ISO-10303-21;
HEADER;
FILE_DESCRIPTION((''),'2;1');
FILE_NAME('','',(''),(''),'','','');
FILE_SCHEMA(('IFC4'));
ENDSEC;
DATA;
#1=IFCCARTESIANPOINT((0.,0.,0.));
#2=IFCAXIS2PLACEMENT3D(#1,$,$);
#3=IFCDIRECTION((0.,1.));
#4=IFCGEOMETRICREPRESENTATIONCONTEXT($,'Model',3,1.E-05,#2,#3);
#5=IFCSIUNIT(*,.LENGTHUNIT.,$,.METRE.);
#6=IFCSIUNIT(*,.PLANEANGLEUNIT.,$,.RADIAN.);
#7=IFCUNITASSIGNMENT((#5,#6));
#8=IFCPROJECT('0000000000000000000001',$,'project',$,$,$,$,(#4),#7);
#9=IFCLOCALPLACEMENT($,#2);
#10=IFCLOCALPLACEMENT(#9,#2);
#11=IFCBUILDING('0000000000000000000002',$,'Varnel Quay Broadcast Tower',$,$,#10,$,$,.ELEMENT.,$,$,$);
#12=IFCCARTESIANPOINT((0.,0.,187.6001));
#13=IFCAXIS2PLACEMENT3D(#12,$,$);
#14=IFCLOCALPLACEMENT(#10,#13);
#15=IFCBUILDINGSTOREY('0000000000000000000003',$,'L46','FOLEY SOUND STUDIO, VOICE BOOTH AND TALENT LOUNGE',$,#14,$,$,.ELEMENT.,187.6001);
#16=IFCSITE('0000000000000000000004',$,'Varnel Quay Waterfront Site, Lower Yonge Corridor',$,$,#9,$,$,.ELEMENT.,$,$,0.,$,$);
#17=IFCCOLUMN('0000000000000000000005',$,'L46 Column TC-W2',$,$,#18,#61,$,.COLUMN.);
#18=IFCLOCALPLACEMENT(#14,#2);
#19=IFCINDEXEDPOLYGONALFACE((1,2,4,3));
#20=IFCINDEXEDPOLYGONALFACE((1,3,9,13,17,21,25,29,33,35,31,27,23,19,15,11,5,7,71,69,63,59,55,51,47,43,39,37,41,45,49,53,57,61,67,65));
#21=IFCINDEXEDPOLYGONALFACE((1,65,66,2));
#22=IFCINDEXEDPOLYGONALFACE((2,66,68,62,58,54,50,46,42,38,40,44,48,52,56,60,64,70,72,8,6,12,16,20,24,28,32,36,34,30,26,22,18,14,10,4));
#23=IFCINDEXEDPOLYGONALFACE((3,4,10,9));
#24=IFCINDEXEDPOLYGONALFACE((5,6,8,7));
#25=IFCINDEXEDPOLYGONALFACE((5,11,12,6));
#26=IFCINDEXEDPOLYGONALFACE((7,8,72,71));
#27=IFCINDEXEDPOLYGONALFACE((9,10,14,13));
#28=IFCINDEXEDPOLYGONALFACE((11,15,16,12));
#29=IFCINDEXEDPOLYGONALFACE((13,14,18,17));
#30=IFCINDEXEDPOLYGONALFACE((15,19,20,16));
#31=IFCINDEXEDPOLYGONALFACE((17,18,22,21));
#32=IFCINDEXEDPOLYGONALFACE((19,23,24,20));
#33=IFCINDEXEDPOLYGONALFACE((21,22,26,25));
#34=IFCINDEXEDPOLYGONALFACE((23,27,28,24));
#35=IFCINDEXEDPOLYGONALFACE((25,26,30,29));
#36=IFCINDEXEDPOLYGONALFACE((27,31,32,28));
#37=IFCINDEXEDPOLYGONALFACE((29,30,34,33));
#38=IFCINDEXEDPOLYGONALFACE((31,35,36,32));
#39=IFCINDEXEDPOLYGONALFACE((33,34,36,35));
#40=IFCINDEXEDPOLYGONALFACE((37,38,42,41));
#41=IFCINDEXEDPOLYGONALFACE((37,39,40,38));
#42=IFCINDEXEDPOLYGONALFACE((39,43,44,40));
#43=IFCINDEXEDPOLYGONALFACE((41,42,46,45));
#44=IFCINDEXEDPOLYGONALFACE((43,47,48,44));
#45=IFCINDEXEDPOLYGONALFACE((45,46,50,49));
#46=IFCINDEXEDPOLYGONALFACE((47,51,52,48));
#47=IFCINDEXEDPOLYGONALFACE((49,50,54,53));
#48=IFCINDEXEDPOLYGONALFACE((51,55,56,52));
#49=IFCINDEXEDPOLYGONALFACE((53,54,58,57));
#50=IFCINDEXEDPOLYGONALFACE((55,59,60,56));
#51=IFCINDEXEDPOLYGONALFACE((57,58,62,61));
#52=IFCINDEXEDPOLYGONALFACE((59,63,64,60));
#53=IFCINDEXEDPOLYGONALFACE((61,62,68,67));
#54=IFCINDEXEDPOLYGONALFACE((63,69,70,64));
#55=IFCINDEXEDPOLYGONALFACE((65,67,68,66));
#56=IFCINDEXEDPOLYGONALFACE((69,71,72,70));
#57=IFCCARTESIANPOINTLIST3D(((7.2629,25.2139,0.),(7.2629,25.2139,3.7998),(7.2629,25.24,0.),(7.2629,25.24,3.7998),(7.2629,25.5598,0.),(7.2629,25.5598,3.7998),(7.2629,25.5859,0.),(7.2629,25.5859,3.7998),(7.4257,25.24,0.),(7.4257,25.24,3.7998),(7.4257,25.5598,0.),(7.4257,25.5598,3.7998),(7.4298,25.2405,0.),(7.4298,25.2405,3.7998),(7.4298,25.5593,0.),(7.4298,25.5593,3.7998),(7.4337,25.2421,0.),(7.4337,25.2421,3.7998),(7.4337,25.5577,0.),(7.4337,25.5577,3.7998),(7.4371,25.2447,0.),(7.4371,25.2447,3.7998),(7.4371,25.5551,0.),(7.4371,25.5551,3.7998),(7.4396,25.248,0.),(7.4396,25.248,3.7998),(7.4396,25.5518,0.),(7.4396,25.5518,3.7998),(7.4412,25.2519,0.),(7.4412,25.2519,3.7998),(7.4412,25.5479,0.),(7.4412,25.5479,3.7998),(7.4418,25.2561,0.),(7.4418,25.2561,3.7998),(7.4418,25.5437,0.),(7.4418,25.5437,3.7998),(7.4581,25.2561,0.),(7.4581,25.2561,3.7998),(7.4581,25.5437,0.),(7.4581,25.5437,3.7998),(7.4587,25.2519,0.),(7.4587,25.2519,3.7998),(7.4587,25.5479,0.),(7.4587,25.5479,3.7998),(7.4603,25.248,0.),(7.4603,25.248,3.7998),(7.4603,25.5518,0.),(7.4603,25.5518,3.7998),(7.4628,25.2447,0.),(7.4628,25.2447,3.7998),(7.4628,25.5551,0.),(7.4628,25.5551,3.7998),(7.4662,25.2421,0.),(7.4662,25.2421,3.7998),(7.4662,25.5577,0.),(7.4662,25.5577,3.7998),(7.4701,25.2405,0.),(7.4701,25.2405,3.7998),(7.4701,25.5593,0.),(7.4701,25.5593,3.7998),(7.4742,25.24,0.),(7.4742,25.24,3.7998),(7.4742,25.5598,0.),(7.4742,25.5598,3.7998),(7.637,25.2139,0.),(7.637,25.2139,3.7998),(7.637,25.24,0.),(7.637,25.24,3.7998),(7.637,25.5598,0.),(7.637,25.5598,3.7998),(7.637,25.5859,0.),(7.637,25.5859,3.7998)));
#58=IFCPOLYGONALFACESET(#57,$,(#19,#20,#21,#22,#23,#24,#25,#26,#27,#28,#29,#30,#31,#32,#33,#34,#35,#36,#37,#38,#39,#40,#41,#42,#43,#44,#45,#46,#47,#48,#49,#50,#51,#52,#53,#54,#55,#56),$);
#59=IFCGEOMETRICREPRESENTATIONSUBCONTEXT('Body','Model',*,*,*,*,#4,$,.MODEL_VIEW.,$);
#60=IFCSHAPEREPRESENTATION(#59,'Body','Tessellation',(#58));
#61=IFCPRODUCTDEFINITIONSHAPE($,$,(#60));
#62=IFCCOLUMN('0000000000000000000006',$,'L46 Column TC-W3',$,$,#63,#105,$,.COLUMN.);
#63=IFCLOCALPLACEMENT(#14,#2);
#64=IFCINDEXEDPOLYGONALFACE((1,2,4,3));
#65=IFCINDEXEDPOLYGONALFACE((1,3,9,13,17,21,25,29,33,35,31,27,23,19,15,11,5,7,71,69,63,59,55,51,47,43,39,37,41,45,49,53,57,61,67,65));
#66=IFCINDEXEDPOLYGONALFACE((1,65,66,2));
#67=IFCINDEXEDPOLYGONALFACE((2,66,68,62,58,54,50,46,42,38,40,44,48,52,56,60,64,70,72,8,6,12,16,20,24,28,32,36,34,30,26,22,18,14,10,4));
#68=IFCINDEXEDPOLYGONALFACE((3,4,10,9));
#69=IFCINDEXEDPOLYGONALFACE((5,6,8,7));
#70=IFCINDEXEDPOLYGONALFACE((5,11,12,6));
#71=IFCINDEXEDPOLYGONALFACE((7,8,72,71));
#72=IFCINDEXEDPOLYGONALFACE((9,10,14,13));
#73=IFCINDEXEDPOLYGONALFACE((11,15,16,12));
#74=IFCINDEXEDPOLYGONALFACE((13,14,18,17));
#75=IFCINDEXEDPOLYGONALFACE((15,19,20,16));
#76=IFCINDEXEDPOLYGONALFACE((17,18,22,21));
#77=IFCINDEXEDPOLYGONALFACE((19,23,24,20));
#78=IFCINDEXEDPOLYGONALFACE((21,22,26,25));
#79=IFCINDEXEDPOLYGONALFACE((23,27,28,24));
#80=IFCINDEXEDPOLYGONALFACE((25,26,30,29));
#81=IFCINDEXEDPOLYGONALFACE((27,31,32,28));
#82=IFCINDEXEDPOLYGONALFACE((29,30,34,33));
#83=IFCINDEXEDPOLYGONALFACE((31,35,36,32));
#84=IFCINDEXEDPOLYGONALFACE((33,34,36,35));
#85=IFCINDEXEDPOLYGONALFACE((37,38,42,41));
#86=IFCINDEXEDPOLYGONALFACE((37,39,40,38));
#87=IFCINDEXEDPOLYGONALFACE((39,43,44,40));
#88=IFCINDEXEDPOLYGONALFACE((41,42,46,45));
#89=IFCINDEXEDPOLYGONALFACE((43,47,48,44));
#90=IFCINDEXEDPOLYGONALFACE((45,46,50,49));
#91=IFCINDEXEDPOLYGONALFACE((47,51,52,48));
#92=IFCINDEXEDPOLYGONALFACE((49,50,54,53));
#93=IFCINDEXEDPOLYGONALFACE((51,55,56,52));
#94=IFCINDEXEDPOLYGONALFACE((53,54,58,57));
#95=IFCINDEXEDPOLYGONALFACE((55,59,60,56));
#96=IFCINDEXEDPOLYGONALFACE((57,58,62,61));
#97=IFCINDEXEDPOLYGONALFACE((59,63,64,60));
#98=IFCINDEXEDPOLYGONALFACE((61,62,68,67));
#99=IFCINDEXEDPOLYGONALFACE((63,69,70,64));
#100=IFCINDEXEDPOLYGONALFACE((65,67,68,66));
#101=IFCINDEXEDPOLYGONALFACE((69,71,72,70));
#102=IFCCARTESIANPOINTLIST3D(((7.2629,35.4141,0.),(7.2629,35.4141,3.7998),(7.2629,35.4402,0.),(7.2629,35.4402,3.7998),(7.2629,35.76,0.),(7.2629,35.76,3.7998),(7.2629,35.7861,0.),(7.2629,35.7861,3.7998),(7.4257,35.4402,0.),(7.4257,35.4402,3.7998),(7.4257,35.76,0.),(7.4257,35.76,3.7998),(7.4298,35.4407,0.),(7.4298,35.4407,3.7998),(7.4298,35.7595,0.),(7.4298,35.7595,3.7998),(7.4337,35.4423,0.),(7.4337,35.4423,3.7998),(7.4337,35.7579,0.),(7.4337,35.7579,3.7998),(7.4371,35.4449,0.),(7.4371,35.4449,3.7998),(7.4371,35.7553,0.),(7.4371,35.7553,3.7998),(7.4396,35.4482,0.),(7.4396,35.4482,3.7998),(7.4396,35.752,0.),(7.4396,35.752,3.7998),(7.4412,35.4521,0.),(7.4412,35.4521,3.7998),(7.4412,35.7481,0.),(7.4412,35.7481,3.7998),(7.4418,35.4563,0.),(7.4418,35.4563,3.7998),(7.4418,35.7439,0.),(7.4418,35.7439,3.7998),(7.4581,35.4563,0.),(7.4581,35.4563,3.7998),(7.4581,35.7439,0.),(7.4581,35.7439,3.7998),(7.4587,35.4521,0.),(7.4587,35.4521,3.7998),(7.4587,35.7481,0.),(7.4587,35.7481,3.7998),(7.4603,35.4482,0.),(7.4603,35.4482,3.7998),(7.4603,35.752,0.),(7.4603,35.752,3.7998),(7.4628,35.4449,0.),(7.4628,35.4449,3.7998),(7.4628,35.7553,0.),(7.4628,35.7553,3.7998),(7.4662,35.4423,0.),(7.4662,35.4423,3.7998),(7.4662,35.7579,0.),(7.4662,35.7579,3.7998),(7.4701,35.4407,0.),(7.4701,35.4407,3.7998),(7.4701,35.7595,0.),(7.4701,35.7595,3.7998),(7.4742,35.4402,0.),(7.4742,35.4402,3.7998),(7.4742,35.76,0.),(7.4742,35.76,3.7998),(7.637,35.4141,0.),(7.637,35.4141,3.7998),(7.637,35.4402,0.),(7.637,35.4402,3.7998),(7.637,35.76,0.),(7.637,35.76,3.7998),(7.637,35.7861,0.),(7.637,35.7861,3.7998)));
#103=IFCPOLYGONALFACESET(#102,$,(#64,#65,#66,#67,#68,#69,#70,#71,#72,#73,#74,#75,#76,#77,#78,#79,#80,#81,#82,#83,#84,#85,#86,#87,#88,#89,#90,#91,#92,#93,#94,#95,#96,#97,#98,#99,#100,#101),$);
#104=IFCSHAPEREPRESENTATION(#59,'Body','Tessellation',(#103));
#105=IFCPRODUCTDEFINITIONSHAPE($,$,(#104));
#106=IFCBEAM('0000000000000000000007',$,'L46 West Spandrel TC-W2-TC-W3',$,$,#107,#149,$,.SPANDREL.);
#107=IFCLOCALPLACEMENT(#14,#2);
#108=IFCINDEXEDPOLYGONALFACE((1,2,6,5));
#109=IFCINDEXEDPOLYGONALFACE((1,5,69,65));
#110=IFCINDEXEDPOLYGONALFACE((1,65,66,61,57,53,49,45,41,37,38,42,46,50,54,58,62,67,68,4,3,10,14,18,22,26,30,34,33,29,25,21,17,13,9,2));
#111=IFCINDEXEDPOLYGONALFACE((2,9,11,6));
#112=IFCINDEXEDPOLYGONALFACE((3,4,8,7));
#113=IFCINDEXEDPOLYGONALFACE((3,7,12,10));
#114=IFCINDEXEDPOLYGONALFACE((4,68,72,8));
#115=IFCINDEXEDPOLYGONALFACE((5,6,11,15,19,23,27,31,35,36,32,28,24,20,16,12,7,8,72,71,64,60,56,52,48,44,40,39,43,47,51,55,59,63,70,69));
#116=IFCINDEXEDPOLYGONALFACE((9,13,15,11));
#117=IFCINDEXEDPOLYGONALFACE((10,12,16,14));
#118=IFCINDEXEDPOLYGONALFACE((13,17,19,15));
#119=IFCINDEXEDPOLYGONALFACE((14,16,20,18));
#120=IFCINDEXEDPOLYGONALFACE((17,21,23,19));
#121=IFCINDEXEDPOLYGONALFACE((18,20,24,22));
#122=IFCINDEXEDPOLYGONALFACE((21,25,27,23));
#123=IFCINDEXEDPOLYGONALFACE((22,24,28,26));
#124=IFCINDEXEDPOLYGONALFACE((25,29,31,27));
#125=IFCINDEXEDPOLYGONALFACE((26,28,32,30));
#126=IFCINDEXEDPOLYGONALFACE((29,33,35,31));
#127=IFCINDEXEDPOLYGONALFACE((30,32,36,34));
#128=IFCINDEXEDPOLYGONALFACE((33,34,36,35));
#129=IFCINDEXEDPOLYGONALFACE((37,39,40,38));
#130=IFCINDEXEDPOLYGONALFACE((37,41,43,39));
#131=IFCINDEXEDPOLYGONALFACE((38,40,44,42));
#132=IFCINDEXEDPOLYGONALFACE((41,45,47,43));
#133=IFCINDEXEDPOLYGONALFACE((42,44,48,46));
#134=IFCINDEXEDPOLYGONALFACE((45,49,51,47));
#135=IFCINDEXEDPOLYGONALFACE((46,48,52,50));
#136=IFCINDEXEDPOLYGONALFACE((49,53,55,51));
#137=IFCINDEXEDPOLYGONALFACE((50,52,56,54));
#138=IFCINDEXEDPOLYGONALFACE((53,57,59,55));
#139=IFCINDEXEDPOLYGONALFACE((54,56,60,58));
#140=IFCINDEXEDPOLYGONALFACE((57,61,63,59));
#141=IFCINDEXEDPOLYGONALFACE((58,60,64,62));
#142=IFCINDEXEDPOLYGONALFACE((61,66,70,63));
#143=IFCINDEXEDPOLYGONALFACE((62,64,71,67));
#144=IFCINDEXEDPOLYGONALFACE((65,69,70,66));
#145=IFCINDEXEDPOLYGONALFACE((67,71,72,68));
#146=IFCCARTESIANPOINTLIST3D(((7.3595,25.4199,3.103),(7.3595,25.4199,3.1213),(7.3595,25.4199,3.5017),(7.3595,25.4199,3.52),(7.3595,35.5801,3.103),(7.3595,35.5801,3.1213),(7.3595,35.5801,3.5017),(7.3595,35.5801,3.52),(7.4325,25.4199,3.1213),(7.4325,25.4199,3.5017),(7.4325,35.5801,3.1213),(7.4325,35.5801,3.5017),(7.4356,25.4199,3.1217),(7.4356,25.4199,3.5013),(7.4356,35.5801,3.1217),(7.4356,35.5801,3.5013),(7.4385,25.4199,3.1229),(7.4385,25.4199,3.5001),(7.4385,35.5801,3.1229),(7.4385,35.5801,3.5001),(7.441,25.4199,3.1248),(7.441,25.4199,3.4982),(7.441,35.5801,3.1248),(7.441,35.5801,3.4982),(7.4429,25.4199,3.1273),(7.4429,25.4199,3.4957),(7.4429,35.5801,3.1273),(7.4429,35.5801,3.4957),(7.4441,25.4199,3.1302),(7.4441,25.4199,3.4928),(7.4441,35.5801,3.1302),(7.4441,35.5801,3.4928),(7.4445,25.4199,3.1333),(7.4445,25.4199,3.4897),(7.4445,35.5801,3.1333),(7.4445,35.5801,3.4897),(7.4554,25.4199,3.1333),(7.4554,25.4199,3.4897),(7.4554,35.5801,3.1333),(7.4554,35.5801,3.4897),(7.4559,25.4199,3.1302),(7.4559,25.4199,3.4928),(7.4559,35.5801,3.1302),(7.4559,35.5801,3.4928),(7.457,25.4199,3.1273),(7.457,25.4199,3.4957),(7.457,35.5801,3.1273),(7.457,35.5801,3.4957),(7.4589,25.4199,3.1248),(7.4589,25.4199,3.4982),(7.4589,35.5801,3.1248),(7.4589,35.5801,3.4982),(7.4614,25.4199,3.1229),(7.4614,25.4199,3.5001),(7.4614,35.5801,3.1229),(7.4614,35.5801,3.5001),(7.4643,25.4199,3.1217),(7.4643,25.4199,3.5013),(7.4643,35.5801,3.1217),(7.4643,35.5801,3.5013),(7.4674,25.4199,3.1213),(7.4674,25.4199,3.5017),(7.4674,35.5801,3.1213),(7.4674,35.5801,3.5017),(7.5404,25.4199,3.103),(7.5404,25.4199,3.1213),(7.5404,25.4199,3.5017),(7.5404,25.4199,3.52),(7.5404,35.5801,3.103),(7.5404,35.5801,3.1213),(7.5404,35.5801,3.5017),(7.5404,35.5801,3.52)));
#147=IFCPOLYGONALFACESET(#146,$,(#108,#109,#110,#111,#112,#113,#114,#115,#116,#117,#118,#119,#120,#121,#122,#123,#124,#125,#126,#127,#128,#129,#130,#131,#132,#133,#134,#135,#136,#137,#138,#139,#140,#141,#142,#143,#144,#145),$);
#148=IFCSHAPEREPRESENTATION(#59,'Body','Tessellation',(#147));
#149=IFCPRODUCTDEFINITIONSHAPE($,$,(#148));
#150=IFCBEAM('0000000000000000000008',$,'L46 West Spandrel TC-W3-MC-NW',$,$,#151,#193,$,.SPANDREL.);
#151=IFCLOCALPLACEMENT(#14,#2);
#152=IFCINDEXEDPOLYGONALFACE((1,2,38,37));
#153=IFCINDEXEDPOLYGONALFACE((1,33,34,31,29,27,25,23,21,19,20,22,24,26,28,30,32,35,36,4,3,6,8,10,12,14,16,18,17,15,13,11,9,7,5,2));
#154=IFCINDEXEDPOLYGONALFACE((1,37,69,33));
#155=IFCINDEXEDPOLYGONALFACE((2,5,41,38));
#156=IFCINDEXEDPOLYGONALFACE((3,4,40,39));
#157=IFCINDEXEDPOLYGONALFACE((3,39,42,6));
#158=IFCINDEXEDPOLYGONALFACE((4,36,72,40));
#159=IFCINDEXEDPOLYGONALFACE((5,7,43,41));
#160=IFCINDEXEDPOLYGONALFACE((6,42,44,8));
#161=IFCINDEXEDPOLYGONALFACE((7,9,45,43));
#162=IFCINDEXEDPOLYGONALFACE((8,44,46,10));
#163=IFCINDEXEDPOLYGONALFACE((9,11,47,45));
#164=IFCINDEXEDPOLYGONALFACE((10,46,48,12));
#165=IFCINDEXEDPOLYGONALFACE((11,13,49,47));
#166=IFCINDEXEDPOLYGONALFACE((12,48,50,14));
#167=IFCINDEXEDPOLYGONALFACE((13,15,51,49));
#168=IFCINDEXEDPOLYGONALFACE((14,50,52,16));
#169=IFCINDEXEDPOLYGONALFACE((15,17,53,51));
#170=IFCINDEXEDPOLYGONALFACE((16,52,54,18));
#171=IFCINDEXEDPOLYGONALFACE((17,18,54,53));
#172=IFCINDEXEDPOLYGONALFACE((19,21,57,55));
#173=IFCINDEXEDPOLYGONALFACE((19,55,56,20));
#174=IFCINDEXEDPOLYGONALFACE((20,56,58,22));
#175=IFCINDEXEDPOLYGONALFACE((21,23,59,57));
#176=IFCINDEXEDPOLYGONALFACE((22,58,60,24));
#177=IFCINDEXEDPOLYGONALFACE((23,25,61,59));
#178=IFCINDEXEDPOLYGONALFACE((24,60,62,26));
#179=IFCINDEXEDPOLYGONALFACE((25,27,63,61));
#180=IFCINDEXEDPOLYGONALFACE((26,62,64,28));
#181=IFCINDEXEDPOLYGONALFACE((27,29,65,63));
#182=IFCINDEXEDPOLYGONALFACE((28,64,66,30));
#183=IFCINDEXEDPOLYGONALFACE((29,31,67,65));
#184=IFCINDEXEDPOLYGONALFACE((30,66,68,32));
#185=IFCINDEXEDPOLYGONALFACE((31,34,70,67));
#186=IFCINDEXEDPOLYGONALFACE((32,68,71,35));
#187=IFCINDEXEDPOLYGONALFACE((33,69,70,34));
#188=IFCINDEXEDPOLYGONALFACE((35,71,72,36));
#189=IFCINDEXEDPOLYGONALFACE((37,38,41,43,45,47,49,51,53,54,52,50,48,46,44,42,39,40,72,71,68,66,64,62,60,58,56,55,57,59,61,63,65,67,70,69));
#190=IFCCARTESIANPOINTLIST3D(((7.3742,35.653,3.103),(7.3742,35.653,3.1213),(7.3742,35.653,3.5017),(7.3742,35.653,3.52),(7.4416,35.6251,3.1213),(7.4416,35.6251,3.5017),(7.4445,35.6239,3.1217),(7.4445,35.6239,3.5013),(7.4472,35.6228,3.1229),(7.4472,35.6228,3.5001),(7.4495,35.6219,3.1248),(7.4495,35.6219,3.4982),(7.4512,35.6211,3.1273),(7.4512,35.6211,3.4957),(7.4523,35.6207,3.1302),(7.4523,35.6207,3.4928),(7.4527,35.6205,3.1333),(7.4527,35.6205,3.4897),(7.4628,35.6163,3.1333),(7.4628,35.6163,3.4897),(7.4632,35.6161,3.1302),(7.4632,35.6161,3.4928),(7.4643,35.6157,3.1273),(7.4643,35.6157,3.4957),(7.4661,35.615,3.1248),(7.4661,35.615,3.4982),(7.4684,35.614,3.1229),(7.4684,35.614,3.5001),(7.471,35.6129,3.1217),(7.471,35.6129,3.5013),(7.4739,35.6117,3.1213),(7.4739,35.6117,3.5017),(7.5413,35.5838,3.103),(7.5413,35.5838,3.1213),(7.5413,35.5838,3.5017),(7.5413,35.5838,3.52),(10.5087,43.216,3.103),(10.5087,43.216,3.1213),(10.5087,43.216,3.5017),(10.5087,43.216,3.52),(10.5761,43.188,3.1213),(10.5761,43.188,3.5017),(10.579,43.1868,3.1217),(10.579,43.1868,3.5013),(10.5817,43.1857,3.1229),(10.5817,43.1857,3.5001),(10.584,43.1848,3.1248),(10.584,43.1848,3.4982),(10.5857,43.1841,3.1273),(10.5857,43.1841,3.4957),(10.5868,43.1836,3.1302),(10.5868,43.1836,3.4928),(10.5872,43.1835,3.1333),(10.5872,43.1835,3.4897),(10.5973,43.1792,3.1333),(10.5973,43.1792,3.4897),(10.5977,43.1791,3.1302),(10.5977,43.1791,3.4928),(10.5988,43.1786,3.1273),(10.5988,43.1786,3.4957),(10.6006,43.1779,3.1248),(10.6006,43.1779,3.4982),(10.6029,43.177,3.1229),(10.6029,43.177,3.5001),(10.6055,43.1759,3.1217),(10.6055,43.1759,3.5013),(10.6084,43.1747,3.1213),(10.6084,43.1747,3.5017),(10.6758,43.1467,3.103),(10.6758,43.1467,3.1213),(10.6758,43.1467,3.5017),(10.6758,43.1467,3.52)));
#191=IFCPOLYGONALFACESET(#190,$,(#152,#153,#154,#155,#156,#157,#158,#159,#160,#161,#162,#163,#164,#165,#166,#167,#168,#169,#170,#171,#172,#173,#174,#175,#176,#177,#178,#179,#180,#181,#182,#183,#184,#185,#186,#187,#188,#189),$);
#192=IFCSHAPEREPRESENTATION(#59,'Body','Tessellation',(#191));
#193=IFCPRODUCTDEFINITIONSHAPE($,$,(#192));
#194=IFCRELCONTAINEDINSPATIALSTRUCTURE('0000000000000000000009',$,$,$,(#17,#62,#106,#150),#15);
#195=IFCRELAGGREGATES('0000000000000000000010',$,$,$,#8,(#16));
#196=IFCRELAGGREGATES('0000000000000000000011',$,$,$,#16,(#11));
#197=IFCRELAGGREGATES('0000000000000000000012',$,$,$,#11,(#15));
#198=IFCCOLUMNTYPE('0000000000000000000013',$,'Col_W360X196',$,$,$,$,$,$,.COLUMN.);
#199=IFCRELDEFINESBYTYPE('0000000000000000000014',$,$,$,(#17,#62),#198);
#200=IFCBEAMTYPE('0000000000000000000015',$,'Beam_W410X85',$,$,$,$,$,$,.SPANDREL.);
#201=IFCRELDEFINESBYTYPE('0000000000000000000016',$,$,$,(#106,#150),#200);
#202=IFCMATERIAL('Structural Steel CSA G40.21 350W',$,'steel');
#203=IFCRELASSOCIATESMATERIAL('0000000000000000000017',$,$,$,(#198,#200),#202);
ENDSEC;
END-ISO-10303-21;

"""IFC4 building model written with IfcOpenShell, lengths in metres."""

from ifc_helpers import new_model, si_unit, direction, frame, origin, origin_2d, place, context, subcontext, project, spatial, i_section, extrude, source, transform, mapped, material, material_profile, profile_set, type_object, type_shapes, element, save


model = new_model("IFC4")

# Units and contexts
model_context = context("Model", 3, precision=1e-05, world=origin(), true_north=direction((0.0, 1.0)))
body_context = subcontext(model_context, "Body", "Model", "MODEL_VIEW")
ifc_project = project(units=[si_unit("LENGTHUNIT", "METRE"), si_unit("PLANEANGLEUNIT", "RADIAN")], contexts=[model_context])

# Site, building, storey
site_placement = place(None, origin())
site = spatial("IfcSite", under=ifc_project, at=site_placement, Name="Varnel Quay Waterfront Site, Lower Yonge Corridor", CompositionType="ELEMENT", RefElevation=0.0)
building_placement = place(site_placement, origin())
building = spatial("IfcBuilding", under=site, at=building_placement, Name="Varnel Quay Broadcast Tower", CompositionType="ELEMENT")
storey_placement = place(building_placement, frame((0.0, 0.0, 187.6001)))
storey = spatial("IfcBuildingStorey", under=building, at=storey_placement, Name="L46", Description="FOLEY SOUND STUDIO, VOICE BOOTH AND TALENT LOUNGE", CompositionType="ELEMENT", Elevation=187.6001)

# Columns
ifc_material_1 = material(Name="Structural Steel CSA G40.21 350W", Category="steel")
ifc_material_profile_1 = material_profile(ifc_material_1, i_section(OverallWidth=0.374, OverallDepth=0.3721, WebThickness=0.0164, FlangeThickness=0.0261, FilletRadius=0.0161, at=origin_2d()), Name="W360X196")
ifc_profile_set_1 = profile_set([ifc_material_profile_1], Name="Structural Steel CSA G40.21 350W")
column_type = type_object("IfcColumnType", Name="Col_W360X196", PredefinedType="COLUMN", material=ifc_profile_set_1)
shared_shape_1 = source(origin(), body_context, "Body", "SweptSolid", [
    extrude(i_section(OverallWidth=0.374, OverallDepth=0.3721, WebThickness=0.0164, FlangeThickness=0.0261, FilletRadius=0.0161, at=origin_2d()), origin(), (0.0, 0.0, 1.0), 3.7998),
])
type_shapes(column_type, [shared_shape_1])
for number, where, z_axis, x_axis, name in (
    (1, (7.45, 25.3999, 0.0), (0.0, 0.0, 1.0), (1.0, 0.0, 0.0), "L46 Column TC-W2"),
    (2, (7.45, 35.6001, 0.0), (0.0, 0.0, 1.0), (1.0, 0.0, 0.0), "L46 Column TC-W3"),
):
    element("IfcColumn", number, at=place(storey_placement, frame(where, z_axis=z_axis, x_axis=x_axis)), inside=storey, type_object=column_type, Name=name, PredefinedType="COLUMN", context=body_context, shape_type="MappedRepresentation", body=[
        mapped(shared_shape_1, transform((0.0, 0.0, 0.0), x_axis=(1.0, 0.0, 0.0), y_axis=(0.0, 1.0, 0.0), z_axis=(0.0, 0.0, 1.0), scale=1.0)),
    ])

# Beams
ifc_material_profile_2 = material_profile(ifc_material_1, i_section(OverallWidth=0.1809, OverallDepth=0.417, WebThickness=0.011, FlangeThickness=0.0183, FilletRadius=0.012, at=origin_2d()), Name="W410X85")
ifc_profile_set_2 = profile_set([ifc_material_profile_2], Name="Structural Steel CSA G40.21 350W")
beam_type_1 = type_object("IfcBeamType", Name="Beam_W410X85", PredefinedType="SPANDREL", material=ifc_profile_set_2)
shared_shape_2 = source(origin(), body_context, "Body", "SweptSolid", [
    extrude(i_section(OverallWidth=0.1809, OverallDepth=0.417, WebThickness=0.011, FlangeThickness=0.0183, FilletRadius=0.012, at=origin_2d()), origin(), (0.0, 0.0, 1.0), 10.1602),
])
beam_1_placement = place(storey_placement, frame((7.45, 25.4199, 3.3115), z_axis=(0.0, 1.0, 0.0), x_axis=(-1.0, 0.0, 0.0)))
element("IfcBeam", 3, at=beam_1_placement, inside=storey, type_object=beam_type_1, Name="L46 West Spandrel TC-W2-TC-W3", PredefinedType="SPANDREL", context=body_context, shape_type="MappedRepresentation", body=[
    mapped(shared_shape_2, transform((0.0, 0.0, 0.0), x_axis=(1.0, 0.0, 0.0), y_axis=(0.0, 1.0, 0.0), z_axis=(0.0, 0.0, 1.0), scale=1.0)),
])
shared_shape_3 = source(origin(), body_context, "Body", "SweptSolid", [
    extrude(i_section(OverallWidth=0.1809, OverallDepth=0.417, WebThickness=0.011, FlangeThickness=0.0183, FilletRadius=0.012, at=origin_2d()), origin(), (0.0, 0.0, 1.0), 8.1868),
])
type_shapes(beam_type_1, [shared_shape_2, shared_shape_3])
beam_2_placement = place(storey_placement, frame((7.4578, 35.6184, 3.3115), z_axis=(0.382874, 0.923801, 0.0), x_axis=(-0.923801, 0.382874, 0.0)))
element("IfcBeam", 4, at=beam_2_placement, inside=storey, type_object=beam_type_1, Name="L46 West Spandrel TC-W3-MC-NW", PredefinedType="SPANDREL", context=body_context, shape_type="MappedRepresentation", body=[
    mapped(shared_shape_3, transform((0.0, 0.0, 0.0), x_axis=(1.0, 0.0, 0.0), y_axis=(0.0, 1.0, 0.0), z_axis=(0.0, 0.0, 1.0), scale=1.0)),
])

save(model, "model.ifc")
